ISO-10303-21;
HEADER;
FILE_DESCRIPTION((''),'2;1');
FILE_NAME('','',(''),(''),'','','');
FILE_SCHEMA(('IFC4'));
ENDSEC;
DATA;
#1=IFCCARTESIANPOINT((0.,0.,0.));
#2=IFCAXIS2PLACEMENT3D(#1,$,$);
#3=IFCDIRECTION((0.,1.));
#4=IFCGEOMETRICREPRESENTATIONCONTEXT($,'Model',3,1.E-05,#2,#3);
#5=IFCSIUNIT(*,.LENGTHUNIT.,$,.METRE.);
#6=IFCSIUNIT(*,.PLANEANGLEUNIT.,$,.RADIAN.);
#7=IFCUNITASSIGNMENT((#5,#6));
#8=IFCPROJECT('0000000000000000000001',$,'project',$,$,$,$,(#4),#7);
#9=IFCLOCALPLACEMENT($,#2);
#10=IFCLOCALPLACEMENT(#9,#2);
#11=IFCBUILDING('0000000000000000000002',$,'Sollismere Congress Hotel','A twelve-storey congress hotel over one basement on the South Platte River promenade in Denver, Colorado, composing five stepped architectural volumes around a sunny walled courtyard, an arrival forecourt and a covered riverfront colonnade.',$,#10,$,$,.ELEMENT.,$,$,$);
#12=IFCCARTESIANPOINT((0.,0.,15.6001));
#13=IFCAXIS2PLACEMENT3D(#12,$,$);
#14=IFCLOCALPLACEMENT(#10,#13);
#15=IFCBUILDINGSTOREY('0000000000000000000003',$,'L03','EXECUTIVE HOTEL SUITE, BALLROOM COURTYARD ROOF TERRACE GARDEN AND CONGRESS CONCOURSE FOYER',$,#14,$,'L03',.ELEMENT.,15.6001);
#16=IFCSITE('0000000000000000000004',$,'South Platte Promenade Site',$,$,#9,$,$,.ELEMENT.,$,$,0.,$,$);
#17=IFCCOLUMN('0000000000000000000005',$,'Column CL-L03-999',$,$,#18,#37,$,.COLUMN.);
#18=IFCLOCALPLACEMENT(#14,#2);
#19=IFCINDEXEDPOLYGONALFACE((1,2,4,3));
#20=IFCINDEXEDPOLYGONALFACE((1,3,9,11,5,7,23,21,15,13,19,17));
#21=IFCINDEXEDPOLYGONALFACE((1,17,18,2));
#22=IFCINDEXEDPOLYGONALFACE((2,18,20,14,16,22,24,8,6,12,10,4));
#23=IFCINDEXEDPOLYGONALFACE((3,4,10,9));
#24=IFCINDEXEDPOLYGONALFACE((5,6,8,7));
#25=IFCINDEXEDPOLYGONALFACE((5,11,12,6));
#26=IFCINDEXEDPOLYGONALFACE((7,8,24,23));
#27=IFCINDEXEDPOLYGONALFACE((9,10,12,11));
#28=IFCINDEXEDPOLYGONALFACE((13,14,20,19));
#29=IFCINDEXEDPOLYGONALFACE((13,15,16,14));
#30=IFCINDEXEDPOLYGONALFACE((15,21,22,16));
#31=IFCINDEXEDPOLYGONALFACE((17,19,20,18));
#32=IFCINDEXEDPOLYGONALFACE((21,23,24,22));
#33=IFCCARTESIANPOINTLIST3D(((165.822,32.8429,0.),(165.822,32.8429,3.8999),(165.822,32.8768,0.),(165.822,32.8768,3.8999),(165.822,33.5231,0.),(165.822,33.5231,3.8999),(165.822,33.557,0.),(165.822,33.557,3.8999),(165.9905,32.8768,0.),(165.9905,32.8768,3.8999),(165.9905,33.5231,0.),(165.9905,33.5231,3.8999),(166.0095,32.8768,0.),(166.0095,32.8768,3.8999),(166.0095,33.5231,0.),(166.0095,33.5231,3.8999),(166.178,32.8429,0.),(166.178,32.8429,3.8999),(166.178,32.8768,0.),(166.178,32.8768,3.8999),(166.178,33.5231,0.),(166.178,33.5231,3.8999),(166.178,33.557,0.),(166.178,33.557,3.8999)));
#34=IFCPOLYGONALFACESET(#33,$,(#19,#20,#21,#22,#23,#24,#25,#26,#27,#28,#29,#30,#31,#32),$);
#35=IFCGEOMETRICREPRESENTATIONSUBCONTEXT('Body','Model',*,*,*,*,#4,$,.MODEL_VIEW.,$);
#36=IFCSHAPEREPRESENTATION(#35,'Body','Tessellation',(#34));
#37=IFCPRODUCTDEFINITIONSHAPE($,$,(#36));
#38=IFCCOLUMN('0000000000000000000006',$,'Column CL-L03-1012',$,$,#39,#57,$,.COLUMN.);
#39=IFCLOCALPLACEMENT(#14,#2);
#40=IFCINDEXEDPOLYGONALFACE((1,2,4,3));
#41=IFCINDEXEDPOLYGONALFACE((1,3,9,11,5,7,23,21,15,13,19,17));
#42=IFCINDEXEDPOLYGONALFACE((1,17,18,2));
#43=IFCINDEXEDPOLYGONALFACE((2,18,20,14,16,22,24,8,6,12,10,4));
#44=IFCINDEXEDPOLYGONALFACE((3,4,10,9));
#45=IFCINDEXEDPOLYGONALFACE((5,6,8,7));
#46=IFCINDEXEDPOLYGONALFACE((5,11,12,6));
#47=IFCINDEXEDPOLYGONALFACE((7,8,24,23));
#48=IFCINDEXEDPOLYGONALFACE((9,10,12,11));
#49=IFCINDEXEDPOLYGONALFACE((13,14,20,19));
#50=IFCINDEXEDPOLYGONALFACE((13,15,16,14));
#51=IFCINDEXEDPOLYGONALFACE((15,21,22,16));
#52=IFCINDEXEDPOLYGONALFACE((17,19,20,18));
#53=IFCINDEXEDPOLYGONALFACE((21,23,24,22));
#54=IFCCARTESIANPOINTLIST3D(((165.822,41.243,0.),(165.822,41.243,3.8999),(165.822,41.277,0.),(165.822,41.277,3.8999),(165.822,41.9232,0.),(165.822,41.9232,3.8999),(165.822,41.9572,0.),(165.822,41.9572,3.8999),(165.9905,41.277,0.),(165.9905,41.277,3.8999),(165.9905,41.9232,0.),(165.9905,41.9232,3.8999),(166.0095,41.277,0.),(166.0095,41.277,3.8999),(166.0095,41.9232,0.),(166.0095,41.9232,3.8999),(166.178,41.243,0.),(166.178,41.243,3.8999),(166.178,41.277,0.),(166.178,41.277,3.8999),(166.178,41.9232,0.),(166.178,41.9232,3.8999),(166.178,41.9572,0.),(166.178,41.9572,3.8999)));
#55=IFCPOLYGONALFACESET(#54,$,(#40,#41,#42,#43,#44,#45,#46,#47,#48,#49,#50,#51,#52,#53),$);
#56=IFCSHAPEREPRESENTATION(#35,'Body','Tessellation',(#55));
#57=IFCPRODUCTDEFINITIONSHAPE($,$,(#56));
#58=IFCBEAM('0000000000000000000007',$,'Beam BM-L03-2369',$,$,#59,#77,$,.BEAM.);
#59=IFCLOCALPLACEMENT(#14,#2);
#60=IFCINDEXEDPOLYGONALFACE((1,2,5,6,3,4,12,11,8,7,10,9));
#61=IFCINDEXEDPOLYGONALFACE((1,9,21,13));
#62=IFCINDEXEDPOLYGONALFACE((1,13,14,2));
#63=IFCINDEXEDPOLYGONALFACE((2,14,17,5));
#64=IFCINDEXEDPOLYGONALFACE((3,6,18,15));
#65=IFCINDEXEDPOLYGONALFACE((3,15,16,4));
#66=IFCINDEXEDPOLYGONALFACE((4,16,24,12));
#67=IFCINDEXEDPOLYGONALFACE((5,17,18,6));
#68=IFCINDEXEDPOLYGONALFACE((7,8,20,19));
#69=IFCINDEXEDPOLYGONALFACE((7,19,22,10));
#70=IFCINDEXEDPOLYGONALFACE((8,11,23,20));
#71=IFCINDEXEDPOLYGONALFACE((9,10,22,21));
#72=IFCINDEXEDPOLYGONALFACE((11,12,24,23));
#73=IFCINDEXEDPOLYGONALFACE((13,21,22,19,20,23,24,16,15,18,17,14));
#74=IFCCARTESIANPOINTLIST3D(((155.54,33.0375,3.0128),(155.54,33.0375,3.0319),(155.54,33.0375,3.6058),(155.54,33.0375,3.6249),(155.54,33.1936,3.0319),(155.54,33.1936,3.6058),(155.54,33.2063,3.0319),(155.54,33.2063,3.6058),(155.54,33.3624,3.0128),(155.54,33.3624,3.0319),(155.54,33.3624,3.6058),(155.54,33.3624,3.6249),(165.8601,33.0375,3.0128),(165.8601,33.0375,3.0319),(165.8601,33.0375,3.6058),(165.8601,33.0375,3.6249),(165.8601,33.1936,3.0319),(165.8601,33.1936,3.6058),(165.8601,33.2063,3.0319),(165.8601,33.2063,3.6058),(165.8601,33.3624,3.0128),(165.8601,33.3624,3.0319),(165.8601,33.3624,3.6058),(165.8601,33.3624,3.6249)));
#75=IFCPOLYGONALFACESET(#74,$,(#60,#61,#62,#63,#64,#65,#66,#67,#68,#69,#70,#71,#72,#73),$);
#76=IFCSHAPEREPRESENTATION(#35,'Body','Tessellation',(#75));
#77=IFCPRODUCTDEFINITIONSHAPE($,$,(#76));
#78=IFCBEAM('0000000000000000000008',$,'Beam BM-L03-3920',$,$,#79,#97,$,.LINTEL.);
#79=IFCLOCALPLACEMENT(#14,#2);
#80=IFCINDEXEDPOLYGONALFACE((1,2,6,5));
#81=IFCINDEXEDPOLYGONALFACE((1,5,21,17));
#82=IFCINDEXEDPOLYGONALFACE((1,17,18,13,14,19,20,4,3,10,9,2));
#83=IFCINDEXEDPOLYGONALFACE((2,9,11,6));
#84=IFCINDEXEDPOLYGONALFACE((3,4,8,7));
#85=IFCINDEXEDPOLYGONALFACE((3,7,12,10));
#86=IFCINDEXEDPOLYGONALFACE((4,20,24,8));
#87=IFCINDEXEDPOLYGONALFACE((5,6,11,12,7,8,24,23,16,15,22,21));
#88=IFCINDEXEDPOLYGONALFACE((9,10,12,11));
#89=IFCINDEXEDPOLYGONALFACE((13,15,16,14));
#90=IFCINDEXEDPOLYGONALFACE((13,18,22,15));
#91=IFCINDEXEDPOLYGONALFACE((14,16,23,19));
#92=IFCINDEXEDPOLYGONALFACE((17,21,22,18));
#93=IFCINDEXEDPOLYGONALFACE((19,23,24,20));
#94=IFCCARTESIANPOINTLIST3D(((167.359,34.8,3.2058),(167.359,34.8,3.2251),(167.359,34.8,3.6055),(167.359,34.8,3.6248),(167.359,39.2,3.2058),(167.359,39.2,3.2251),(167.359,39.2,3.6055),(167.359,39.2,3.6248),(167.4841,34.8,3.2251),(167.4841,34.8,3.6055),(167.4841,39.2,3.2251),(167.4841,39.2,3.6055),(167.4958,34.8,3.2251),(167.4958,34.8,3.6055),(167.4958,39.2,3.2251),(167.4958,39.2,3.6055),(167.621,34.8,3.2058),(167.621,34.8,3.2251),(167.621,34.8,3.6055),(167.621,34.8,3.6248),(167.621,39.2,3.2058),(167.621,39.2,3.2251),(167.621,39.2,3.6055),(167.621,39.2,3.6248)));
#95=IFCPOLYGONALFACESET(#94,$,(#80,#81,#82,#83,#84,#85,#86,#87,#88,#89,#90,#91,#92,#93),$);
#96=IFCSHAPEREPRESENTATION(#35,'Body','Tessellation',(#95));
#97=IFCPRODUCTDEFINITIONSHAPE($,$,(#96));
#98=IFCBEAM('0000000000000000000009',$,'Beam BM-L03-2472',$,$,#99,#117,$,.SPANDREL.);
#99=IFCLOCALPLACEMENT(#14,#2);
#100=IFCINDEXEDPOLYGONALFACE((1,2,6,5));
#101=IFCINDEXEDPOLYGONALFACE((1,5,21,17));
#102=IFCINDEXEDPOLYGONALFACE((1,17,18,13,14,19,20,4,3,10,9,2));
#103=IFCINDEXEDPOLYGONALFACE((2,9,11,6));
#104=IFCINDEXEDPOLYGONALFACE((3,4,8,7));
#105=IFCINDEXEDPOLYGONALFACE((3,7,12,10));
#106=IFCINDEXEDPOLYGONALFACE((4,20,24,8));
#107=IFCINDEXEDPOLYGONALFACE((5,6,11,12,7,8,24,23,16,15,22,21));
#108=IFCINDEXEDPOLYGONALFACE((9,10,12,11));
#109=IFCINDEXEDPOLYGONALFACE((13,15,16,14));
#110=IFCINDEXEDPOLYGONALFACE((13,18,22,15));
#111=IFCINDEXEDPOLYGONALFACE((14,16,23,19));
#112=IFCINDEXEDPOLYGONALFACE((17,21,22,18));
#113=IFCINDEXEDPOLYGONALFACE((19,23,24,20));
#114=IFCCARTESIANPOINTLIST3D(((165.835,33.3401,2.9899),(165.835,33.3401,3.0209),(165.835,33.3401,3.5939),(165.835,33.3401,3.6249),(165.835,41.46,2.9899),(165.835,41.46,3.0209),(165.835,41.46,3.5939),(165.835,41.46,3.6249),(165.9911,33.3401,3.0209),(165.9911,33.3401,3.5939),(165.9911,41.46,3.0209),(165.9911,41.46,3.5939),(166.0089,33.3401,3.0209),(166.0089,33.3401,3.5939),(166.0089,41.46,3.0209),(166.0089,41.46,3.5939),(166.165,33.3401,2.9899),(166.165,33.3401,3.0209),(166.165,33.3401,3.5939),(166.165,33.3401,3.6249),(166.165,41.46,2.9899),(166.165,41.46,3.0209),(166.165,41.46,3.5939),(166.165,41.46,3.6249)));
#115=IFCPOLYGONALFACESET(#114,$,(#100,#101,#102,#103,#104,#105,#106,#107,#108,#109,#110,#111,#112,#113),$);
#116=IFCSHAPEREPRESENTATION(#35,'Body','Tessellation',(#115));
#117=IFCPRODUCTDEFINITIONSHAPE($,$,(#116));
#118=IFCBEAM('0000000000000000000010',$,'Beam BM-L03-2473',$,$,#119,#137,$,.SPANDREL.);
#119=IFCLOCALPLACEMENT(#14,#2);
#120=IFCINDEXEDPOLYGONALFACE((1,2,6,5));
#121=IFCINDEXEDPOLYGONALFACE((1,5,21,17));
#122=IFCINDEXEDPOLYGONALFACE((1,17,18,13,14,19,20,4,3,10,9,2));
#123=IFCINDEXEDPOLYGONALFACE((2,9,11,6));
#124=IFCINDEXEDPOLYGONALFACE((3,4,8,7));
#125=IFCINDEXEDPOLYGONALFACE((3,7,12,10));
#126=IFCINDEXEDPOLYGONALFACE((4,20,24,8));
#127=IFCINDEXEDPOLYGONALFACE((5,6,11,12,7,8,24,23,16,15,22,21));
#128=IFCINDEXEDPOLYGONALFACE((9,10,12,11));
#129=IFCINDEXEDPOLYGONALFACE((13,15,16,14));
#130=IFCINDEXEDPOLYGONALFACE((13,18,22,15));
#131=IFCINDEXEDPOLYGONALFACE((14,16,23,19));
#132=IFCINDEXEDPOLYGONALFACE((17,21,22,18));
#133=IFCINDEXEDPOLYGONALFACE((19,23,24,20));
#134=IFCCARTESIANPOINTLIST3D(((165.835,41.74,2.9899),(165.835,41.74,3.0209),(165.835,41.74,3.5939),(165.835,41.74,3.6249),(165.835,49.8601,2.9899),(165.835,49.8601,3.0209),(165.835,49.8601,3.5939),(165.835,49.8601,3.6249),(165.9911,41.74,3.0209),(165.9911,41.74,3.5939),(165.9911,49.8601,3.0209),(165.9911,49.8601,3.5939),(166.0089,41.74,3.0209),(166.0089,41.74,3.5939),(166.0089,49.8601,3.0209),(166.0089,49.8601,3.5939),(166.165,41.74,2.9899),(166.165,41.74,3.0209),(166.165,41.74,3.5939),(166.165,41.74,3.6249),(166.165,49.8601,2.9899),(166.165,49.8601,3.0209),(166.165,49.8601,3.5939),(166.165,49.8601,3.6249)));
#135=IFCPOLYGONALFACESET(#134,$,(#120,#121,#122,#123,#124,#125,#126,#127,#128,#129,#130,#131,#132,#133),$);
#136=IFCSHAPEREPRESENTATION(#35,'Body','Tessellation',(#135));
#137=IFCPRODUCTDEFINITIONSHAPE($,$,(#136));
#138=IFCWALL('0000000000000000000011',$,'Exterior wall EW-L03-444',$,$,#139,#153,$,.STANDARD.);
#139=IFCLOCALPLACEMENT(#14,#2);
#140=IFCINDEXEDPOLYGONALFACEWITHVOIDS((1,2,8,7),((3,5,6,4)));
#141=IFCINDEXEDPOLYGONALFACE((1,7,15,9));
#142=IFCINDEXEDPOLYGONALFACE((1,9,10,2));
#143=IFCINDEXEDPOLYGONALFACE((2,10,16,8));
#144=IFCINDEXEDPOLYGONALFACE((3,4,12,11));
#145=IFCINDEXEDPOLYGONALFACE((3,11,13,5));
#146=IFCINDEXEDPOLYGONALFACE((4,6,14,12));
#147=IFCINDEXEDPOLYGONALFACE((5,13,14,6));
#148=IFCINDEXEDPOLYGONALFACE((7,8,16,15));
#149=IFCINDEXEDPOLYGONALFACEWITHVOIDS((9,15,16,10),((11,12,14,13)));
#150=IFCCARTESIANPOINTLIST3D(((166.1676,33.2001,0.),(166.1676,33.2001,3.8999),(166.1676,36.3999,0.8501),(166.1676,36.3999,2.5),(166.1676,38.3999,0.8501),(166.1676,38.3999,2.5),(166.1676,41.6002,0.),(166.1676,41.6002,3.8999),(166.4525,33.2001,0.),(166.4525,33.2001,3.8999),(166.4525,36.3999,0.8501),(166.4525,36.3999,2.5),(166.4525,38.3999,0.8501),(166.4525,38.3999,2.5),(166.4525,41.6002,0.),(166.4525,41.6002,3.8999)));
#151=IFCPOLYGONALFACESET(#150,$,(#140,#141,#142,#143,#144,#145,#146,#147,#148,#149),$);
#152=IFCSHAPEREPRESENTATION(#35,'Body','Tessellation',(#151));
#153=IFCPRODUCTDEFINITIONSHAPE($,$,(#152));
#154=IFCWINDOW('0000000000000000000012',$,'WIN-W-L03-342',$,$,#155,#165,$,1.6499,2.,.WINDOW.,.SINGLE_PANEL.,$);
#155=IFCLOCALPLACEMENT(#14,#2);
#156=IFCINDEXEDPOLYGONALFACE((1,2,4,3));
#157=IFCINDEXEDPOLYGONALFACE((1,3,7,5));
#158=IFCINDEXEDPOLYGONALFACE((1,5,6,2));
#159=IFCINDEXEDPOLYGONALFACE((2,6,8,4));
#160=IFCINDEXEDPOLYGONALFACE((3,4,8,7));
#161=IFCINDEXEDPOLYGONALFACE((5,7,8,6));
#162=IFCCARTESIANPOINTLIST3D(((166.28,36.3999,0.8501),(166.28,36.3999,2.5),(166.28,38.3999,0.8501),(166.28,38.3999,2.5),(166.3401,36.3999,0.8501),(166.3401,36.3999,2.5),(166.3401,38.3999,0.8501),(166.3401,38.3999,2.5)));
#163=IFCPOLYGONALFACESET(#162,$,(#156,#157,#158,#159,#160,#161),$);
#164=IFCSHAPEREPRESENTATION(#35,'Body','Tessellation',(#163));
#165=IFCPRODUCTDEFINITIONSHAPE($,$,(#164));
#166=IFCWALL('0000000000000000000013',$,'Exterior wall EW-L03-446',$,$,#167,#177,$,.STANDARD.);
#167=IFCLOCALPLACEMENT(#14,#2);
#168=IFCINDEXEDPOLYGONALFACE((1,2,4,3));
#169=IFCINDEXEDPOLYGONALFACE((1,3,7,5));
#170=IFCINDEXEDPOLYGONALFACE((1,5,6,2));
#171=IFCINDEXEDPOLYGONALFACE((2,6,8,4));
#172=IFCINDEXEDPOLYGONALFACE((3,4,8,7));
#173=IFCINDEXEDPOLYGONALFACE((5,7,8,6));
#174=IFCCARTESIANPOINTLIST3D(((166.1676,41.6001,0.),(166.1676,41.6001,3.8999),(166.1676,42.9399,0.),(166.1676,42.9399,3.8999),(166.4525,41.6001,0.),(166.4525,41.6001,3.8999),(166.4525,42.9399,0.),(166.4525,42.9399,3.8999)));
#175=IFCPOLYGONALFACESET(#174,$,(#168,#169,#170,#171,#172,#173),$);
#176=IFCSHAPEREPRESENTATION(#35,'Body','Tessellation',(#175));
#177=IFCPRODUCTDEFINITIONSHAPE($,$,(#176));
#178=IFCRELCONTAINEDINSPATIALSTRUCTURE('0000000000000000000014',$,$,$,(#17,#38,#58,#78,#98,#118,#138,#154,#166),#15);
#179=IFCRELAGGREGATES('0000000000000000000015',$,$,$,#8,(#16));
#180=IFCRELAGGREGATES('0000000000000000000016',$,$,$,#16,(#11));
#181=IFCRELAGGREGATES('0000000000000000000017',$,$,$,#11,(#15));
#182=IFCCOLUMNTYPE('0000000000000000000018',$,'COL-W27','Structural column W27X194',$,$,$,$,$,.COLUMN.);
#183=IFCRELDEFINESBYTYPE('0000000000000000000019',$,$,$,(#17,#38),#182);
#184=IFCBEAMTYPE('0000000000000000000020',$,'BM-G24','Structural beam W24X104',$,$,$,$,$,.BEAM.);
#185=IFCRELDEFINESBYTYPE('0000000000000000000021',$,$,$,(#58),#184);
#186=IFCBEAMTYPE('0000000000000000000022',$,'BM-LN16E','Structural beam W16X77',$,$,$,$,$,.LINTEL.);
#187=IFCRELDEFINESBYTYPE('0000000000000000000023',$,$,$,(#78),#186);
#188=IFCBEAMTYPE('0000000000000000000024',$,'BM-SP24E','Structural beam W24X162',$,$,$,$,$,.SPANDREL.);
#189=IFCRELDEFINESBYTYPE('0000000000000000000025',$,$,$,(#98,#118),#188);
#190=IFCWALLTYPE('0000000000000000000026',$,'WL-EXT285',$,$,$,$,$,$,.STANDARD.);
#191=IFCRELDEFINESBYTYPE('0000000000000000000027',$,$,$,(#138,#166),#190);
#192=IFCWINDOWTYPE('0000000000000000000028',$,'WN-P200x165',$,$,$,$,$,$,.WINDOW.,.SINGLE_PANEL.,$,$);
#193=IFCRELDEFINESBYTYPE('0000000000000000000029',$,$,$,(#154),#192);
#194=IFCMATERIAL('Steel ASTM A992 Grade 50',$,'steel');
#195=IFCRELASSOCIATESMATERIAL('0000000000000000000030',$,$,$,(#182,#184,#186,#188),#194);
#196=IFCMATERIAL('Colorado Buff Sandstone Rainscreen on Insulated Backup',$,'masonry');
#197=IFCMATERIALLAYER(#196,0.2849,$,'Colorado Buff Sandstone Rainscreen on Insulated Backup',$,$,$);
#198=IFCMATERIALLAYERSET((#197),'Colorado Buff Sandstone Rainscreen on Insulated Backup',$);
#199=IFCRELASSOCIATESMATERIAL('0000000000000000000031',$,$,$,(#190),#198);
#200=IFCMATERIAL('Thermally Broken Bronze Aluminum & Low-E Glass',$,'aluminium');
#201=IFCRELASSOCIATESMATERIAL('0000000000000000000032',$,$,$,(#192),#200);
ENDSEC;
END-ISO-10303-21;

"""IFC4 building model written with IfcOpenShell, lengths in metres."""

from ifc_helpers import new_model, si_unit, direction, frame, frame_2d, origin, origin_2d, place, context, subcontext, project, spatial, rectangle, i_section, extrude, material, layer, layer_set, material_profile, profile_set, type_object, element, fill, save


model = new_model("IFC4")

# Units and contexts
model_context = context("Model", 3, precision=1e-05, world=origin(), true_north=direction((0.0, 1.0)))
body_context = subcontext(model_context, "Body", "Model", "MODEL_VIEW")
ifc_project = project(units=[si_unit("LENGTHUNIT", "METRE"), si_unit("PLANEANGLEUNIT", "RADIAN")], contexts=[model_context])

# Site, building, storey
site_placement = place(None, origin())
site = spatial("IfcSite", under=ifc_project, at=site_placement, Name="South Platte Promenade Site", CompositionType="ELEMENT", RefElevation=0.0)
building_placement = place(site_placement, origin())
building = spatial("IfcBuilding", under=site, at=building_placement, Name="Sollismere Congress Hotel", Description="A twelve-storey congress hotel over one basement on the South Platte River promenade in Denver, Colorado, composing five stepped architectural volumes around a sunny walled courtyard, an arrival forecourt and a covered riverfront colonnade.", CompositionType="ELEMENT")
storey_placement = place(building_placement, frame((0.0, 0.0, 15.6001)))
storey = spatial("IfcBuildingStorey", under=building, at=storey_placement, Name="L03", Description="EXECUTIVE HOTEL SUITE, BALLROOM COURTYARD ROOF TERRACE GARDEN AND CONGRESS CONCOURSE FOYER", LongName="L03", CompositionType="ELEMENT", Elevation=15.6001)

# Columns
ifc_material_1 = material(Name="Steel ASTM A992 Grade 50", Category="steel")
ifc_material_profile_1 = material_profile(ifc_material_1, i_section(OverallWidth=0.356, OverallDepth=0.7141, WebThickness=0.019, FlangeThickness=0.0339, at=origin_2d()), Name="W27X194")
ifc_profile_set_1 = profile_set([ifc_material_profile_1], Name="Steel ASTM A992 Grade 50")
column_type = type_object("IfcColumnType", Name="COL-W27", Description="Structural column W27X194", PredefinedType="COLUMN", material=ifc_profile_set_1)
for number, where, z_axis, x_axis, name in (
    (1, (166.0, 33.2, 0.0), (0.0, 0.0, 1.0), (1.0, 0.0, 0.0), "Column CL-L03-999"),
    (2, (166.0, 41.6001, 0.0), (0.0, 0.0, 1.0), (1.0, 0.0, 0.0), "Column CL-L03-1012"),
):
    element("IfcColumn", number, at=place(storey_placement, frame(where, z_axis=z_axis, x_axis=x_axis)), inside=storey, type_object=column_type, Name=name, PredefinedType="COLUMN", context=body_context, shape_type="SweptSolid", body=[
        extrude(i_section(OverallWidth=0.356, OverallDepth=0.7141, WebThickness=0.019, FlangeThickness=0.0339, at=origin_2d()), origin(), (0.0, 0.0, 1.0), 3.8999),
    ])

# Beams
ifc_material_profile_2 = material_profile(ifc_material_1, i_section(OverallWidth=0.325, OverallDepth=0.6121, WebThickness=0.0127, FlangeThickness=0.019, at=origin_2d()), Name="W24X104")
ifc_profile_set_2 = profile_set([ifc_material_profile_2], Name="Steel ASTM A992 Grade 50")
beam_type_1 = type_object("IfcBeamType", Name="BM-G24", Description="Structural beam W24X104", PredefinedType="BEAM", material=ifc_profile_set_2)
beam_1_placement = place(storey_placement, frame((155.54, 33.2, 3.3188), z_axis=(1.0, 0.0, 0.0), x_axis=(0.0, 1.0, 0.0)))
element("IfcBeam", 3, at=beam_1_placement, inside=storey, type_object=beam_type_1, Name="Beam BM-L03-2369", PredefinedType="BEAM", context=body_context, shape_type="SweptSolid", body=[
    extrude(i_section(OverallWidth=0.325, OverallDepth=0.6121, WebThickness=0.0127, FlangeThickness=0.019, at=origin_2d()), origin(), (0.0, 0.0, 1.0), 10.3201),
])
ifc_material_profile_3 = material_profile(ifc_material_1, i_section(OverallWidth=0.262, OverallDepth=0.4189, WebThickness=0.0117, FlangeThickness=0.0193, at=origin_2d()), Name="W16X77")
ifc_profile_set_3 = profile_set([ifc_material_profile_3], Name="Steel ASTM A992 Grade 50")
beam_type_2 = type_object("IfcBeamType", Name="BM-LN16E", Description="Structural beam W16X77", PredefinedType="LINTEL", material=ifc_profile_set_3)
beam_2_placement = place(storey_placement, frame((167.49, 34.8, 3.4153), z_axis=(0.0, 1.0, 0.0), x_axis=(-1.0, 0.0, 0.0)))
element("IfcBeam", 4, at=beam_2_placement, inside=storey, type_object=beam_type_2, Name="Beam BM-L03-3920", PredefinedType="LINTEL", context=body_context, shape_type="SweptSolid", body=[
    extrude(i_section(OverallWidth=0.262, OverallDepth=0.4189, WebThickness=0.0117, FlangeThickness=0.0193, at=origin_2d()), origin(), (0.0, 0.0, 1.0), 4.3999),
])
ifc_material_profile_4 = material_profile(ifc_material_1, i_section(OverallWidth=0.3301, OverallDepth=0.635, WebThickness=0.0178, FlangeThickness=0.031, at=origin_2d()), Name="W24X162")
ifc_profile_set_4 = profile_set([ifc_material_profile_4], Name="Steel ASTM A992 Grade 50")
beam_type_3 = type_object("IfcBeamType", Name="BM-SP24E", Description="Structural beam W24X162", PredefinedType="SPANDREL", material=ifc_profile_set_4)
beam_3_placement = place(storey_placement, frame((166.0, 33.3401, 3.3074), z_axis=(0.0, 1.0, 0.0), x_axis=(-1.0, 0.0, 0.0)))
element("IfcBeam", 5, at=beam_3_placement, inside=storey, type_object=beam_type_3, Name="Beam BM-L03-2472", PredefinedType="SPANDREL", context=body_context, shape_type="SweptSolid", body=[
    extrude(i_section(OverallWidth=0.3301, OverallDepth=0.635, WebThickness=0.0178, FlangeThickness=0.031, at=origin_2d()), origin(), (0.0, 0.0, 1.0), 8.1199),
])
beam_4_placement = place(storey_placement, frame((166.0, 41.74, 3.3074), z_axis=(0.0, 1.0, 0.0), x_axis=(-1.0, 0.0, 0.0)))
element("IfcBeam", 6, at=beam_4_placement, inside=storey, type_object=beam_type_3, Name="Beam BM-L03-2473", PredefinedType="SPANDREL", context=body_context, shape_type="SweptSolid", body=[
    extrude(i_section(OverallWidth=0.3301, OverallDepth=0.635, WebThickness=0.0178, FlangeThickness=0.031, at=origin_2d()), origin(), (0.0, 0.0, 1.0), 8.1201),
])

# Wall, opening, window
ifc_material_2 = material(Name="Colorado Buff Sandstone Rainscreen on Insulated Backup", Category="masonry")
ifc_layer_1 = layer(ifc_material_2, 0.2849, Name="Colorado Buff Sandstone Rainscreen on Insulated Backup")
ifc_layer_set_1 = layer_set([ifc_layer_1], Name="Colorado Buff Sandstone Rainscreen on Insulated Backup")
wall_type_1 = type_object("IfcWallType", Name="WL-EXT285", PredefinedType="STANDARD", material=ifc_layer_set_1)
wall_1_placement = place(storey_placement, frame((166.3101, 33.2, 0.0), z_axis=(0.0, 0.0, 1.0), x_axis=(0.0, 1.0, 0.0)))
wall_1 = element("IfcWall", 7, at=wall_1_placement, inside=storey, type_object=wall_type_1, Name="Exterior wall EW-L03-444", PredefinedType="STANDARD", context=body_context, shape_type="SweptSolid", body=[
    extrude(rectangle(XDim=8.4001, YDim=0.2849, at=frame_2d((4.2002, 0.0))), origin(), (0.0, 0.0, 1.0), 3.8999),
])
opening_1_placement = place(wall_1_placement, frame((3.2, 0.0, 0.8501)))
opening_1 = element("IfcOpeningElement", 8, at=opening_1_placement, cuts=wall_1, PredefinedType="OPENING", context=body_context, shape_type="SweptSolid", body=[
    extrude(rectangle(XDim=2.0, YDim=1.6499, at=frame_2d((1.0, 0.825))), frame((0.0, 0.1523, 0.0), z_axis=(0.0, -1.0, 0.0), x_axis=(1.0, 0.0, 0.0)), (0.0, 0.0, 1.0), 0.3049),
])
ifc_material_3 = material(Name="Thermally Broken Bronze Aluminum & Low-E Glass", Category="aluminium")
window_type = type_object("IfcWindowType", Name="WN-P200x165", PartitioningType="SINGLE_PANEL", PredefinedType="WINDOW", material=ifc_material_3)
window_placement = place(opening_1_placement, origin())
window = element("IfcWindow", 9, at=window_placement, inside=storey, type_object=window_type, Name="WIN-W-L03-342", OverallHeight=1.6499, OverallWidth=2.0, PartitioningType="SINGLE_PANEL", PredefinedType="WINDOW", context=body_context, shape_type="SweptSolid", body=[
    extrude(rectangle(XDim=2.0, YDim=1.6499, at=frame_2d((1.0, 0.825))), frame((0.0, 0.03, 0.0), z_axis=(0.0, -1.0, 0.0), x_axis=(1.0, 0.0, 0.0)), (0.0, 0.0, 1.0), 0.0601),
])
fill(opening_1, window)

# Wall
wall_2_placement = place(storey_placement, frame((166.3101, 41.6001, 0.0), z_axis=(0.0, 0.0, 1.0), x_axis=(0.0, 1.0, 0.0)))
element("IfcWall", 10, at=wall_2_placement, inside=storey, type_object=wall_type_1, Name="Exterior wall EW-L03-446", PredefinedType="STANDARD", context=body_context, shape_type="SweptSolid", body=[
    extrude(rectangle(XDim=1.3398, YDim=0.2849, at=frame_2d((0.6699, 0.0))), origin(), (0.0, 0.0, 1.0), 3.8999),
])

save(model, "model.ifc")
